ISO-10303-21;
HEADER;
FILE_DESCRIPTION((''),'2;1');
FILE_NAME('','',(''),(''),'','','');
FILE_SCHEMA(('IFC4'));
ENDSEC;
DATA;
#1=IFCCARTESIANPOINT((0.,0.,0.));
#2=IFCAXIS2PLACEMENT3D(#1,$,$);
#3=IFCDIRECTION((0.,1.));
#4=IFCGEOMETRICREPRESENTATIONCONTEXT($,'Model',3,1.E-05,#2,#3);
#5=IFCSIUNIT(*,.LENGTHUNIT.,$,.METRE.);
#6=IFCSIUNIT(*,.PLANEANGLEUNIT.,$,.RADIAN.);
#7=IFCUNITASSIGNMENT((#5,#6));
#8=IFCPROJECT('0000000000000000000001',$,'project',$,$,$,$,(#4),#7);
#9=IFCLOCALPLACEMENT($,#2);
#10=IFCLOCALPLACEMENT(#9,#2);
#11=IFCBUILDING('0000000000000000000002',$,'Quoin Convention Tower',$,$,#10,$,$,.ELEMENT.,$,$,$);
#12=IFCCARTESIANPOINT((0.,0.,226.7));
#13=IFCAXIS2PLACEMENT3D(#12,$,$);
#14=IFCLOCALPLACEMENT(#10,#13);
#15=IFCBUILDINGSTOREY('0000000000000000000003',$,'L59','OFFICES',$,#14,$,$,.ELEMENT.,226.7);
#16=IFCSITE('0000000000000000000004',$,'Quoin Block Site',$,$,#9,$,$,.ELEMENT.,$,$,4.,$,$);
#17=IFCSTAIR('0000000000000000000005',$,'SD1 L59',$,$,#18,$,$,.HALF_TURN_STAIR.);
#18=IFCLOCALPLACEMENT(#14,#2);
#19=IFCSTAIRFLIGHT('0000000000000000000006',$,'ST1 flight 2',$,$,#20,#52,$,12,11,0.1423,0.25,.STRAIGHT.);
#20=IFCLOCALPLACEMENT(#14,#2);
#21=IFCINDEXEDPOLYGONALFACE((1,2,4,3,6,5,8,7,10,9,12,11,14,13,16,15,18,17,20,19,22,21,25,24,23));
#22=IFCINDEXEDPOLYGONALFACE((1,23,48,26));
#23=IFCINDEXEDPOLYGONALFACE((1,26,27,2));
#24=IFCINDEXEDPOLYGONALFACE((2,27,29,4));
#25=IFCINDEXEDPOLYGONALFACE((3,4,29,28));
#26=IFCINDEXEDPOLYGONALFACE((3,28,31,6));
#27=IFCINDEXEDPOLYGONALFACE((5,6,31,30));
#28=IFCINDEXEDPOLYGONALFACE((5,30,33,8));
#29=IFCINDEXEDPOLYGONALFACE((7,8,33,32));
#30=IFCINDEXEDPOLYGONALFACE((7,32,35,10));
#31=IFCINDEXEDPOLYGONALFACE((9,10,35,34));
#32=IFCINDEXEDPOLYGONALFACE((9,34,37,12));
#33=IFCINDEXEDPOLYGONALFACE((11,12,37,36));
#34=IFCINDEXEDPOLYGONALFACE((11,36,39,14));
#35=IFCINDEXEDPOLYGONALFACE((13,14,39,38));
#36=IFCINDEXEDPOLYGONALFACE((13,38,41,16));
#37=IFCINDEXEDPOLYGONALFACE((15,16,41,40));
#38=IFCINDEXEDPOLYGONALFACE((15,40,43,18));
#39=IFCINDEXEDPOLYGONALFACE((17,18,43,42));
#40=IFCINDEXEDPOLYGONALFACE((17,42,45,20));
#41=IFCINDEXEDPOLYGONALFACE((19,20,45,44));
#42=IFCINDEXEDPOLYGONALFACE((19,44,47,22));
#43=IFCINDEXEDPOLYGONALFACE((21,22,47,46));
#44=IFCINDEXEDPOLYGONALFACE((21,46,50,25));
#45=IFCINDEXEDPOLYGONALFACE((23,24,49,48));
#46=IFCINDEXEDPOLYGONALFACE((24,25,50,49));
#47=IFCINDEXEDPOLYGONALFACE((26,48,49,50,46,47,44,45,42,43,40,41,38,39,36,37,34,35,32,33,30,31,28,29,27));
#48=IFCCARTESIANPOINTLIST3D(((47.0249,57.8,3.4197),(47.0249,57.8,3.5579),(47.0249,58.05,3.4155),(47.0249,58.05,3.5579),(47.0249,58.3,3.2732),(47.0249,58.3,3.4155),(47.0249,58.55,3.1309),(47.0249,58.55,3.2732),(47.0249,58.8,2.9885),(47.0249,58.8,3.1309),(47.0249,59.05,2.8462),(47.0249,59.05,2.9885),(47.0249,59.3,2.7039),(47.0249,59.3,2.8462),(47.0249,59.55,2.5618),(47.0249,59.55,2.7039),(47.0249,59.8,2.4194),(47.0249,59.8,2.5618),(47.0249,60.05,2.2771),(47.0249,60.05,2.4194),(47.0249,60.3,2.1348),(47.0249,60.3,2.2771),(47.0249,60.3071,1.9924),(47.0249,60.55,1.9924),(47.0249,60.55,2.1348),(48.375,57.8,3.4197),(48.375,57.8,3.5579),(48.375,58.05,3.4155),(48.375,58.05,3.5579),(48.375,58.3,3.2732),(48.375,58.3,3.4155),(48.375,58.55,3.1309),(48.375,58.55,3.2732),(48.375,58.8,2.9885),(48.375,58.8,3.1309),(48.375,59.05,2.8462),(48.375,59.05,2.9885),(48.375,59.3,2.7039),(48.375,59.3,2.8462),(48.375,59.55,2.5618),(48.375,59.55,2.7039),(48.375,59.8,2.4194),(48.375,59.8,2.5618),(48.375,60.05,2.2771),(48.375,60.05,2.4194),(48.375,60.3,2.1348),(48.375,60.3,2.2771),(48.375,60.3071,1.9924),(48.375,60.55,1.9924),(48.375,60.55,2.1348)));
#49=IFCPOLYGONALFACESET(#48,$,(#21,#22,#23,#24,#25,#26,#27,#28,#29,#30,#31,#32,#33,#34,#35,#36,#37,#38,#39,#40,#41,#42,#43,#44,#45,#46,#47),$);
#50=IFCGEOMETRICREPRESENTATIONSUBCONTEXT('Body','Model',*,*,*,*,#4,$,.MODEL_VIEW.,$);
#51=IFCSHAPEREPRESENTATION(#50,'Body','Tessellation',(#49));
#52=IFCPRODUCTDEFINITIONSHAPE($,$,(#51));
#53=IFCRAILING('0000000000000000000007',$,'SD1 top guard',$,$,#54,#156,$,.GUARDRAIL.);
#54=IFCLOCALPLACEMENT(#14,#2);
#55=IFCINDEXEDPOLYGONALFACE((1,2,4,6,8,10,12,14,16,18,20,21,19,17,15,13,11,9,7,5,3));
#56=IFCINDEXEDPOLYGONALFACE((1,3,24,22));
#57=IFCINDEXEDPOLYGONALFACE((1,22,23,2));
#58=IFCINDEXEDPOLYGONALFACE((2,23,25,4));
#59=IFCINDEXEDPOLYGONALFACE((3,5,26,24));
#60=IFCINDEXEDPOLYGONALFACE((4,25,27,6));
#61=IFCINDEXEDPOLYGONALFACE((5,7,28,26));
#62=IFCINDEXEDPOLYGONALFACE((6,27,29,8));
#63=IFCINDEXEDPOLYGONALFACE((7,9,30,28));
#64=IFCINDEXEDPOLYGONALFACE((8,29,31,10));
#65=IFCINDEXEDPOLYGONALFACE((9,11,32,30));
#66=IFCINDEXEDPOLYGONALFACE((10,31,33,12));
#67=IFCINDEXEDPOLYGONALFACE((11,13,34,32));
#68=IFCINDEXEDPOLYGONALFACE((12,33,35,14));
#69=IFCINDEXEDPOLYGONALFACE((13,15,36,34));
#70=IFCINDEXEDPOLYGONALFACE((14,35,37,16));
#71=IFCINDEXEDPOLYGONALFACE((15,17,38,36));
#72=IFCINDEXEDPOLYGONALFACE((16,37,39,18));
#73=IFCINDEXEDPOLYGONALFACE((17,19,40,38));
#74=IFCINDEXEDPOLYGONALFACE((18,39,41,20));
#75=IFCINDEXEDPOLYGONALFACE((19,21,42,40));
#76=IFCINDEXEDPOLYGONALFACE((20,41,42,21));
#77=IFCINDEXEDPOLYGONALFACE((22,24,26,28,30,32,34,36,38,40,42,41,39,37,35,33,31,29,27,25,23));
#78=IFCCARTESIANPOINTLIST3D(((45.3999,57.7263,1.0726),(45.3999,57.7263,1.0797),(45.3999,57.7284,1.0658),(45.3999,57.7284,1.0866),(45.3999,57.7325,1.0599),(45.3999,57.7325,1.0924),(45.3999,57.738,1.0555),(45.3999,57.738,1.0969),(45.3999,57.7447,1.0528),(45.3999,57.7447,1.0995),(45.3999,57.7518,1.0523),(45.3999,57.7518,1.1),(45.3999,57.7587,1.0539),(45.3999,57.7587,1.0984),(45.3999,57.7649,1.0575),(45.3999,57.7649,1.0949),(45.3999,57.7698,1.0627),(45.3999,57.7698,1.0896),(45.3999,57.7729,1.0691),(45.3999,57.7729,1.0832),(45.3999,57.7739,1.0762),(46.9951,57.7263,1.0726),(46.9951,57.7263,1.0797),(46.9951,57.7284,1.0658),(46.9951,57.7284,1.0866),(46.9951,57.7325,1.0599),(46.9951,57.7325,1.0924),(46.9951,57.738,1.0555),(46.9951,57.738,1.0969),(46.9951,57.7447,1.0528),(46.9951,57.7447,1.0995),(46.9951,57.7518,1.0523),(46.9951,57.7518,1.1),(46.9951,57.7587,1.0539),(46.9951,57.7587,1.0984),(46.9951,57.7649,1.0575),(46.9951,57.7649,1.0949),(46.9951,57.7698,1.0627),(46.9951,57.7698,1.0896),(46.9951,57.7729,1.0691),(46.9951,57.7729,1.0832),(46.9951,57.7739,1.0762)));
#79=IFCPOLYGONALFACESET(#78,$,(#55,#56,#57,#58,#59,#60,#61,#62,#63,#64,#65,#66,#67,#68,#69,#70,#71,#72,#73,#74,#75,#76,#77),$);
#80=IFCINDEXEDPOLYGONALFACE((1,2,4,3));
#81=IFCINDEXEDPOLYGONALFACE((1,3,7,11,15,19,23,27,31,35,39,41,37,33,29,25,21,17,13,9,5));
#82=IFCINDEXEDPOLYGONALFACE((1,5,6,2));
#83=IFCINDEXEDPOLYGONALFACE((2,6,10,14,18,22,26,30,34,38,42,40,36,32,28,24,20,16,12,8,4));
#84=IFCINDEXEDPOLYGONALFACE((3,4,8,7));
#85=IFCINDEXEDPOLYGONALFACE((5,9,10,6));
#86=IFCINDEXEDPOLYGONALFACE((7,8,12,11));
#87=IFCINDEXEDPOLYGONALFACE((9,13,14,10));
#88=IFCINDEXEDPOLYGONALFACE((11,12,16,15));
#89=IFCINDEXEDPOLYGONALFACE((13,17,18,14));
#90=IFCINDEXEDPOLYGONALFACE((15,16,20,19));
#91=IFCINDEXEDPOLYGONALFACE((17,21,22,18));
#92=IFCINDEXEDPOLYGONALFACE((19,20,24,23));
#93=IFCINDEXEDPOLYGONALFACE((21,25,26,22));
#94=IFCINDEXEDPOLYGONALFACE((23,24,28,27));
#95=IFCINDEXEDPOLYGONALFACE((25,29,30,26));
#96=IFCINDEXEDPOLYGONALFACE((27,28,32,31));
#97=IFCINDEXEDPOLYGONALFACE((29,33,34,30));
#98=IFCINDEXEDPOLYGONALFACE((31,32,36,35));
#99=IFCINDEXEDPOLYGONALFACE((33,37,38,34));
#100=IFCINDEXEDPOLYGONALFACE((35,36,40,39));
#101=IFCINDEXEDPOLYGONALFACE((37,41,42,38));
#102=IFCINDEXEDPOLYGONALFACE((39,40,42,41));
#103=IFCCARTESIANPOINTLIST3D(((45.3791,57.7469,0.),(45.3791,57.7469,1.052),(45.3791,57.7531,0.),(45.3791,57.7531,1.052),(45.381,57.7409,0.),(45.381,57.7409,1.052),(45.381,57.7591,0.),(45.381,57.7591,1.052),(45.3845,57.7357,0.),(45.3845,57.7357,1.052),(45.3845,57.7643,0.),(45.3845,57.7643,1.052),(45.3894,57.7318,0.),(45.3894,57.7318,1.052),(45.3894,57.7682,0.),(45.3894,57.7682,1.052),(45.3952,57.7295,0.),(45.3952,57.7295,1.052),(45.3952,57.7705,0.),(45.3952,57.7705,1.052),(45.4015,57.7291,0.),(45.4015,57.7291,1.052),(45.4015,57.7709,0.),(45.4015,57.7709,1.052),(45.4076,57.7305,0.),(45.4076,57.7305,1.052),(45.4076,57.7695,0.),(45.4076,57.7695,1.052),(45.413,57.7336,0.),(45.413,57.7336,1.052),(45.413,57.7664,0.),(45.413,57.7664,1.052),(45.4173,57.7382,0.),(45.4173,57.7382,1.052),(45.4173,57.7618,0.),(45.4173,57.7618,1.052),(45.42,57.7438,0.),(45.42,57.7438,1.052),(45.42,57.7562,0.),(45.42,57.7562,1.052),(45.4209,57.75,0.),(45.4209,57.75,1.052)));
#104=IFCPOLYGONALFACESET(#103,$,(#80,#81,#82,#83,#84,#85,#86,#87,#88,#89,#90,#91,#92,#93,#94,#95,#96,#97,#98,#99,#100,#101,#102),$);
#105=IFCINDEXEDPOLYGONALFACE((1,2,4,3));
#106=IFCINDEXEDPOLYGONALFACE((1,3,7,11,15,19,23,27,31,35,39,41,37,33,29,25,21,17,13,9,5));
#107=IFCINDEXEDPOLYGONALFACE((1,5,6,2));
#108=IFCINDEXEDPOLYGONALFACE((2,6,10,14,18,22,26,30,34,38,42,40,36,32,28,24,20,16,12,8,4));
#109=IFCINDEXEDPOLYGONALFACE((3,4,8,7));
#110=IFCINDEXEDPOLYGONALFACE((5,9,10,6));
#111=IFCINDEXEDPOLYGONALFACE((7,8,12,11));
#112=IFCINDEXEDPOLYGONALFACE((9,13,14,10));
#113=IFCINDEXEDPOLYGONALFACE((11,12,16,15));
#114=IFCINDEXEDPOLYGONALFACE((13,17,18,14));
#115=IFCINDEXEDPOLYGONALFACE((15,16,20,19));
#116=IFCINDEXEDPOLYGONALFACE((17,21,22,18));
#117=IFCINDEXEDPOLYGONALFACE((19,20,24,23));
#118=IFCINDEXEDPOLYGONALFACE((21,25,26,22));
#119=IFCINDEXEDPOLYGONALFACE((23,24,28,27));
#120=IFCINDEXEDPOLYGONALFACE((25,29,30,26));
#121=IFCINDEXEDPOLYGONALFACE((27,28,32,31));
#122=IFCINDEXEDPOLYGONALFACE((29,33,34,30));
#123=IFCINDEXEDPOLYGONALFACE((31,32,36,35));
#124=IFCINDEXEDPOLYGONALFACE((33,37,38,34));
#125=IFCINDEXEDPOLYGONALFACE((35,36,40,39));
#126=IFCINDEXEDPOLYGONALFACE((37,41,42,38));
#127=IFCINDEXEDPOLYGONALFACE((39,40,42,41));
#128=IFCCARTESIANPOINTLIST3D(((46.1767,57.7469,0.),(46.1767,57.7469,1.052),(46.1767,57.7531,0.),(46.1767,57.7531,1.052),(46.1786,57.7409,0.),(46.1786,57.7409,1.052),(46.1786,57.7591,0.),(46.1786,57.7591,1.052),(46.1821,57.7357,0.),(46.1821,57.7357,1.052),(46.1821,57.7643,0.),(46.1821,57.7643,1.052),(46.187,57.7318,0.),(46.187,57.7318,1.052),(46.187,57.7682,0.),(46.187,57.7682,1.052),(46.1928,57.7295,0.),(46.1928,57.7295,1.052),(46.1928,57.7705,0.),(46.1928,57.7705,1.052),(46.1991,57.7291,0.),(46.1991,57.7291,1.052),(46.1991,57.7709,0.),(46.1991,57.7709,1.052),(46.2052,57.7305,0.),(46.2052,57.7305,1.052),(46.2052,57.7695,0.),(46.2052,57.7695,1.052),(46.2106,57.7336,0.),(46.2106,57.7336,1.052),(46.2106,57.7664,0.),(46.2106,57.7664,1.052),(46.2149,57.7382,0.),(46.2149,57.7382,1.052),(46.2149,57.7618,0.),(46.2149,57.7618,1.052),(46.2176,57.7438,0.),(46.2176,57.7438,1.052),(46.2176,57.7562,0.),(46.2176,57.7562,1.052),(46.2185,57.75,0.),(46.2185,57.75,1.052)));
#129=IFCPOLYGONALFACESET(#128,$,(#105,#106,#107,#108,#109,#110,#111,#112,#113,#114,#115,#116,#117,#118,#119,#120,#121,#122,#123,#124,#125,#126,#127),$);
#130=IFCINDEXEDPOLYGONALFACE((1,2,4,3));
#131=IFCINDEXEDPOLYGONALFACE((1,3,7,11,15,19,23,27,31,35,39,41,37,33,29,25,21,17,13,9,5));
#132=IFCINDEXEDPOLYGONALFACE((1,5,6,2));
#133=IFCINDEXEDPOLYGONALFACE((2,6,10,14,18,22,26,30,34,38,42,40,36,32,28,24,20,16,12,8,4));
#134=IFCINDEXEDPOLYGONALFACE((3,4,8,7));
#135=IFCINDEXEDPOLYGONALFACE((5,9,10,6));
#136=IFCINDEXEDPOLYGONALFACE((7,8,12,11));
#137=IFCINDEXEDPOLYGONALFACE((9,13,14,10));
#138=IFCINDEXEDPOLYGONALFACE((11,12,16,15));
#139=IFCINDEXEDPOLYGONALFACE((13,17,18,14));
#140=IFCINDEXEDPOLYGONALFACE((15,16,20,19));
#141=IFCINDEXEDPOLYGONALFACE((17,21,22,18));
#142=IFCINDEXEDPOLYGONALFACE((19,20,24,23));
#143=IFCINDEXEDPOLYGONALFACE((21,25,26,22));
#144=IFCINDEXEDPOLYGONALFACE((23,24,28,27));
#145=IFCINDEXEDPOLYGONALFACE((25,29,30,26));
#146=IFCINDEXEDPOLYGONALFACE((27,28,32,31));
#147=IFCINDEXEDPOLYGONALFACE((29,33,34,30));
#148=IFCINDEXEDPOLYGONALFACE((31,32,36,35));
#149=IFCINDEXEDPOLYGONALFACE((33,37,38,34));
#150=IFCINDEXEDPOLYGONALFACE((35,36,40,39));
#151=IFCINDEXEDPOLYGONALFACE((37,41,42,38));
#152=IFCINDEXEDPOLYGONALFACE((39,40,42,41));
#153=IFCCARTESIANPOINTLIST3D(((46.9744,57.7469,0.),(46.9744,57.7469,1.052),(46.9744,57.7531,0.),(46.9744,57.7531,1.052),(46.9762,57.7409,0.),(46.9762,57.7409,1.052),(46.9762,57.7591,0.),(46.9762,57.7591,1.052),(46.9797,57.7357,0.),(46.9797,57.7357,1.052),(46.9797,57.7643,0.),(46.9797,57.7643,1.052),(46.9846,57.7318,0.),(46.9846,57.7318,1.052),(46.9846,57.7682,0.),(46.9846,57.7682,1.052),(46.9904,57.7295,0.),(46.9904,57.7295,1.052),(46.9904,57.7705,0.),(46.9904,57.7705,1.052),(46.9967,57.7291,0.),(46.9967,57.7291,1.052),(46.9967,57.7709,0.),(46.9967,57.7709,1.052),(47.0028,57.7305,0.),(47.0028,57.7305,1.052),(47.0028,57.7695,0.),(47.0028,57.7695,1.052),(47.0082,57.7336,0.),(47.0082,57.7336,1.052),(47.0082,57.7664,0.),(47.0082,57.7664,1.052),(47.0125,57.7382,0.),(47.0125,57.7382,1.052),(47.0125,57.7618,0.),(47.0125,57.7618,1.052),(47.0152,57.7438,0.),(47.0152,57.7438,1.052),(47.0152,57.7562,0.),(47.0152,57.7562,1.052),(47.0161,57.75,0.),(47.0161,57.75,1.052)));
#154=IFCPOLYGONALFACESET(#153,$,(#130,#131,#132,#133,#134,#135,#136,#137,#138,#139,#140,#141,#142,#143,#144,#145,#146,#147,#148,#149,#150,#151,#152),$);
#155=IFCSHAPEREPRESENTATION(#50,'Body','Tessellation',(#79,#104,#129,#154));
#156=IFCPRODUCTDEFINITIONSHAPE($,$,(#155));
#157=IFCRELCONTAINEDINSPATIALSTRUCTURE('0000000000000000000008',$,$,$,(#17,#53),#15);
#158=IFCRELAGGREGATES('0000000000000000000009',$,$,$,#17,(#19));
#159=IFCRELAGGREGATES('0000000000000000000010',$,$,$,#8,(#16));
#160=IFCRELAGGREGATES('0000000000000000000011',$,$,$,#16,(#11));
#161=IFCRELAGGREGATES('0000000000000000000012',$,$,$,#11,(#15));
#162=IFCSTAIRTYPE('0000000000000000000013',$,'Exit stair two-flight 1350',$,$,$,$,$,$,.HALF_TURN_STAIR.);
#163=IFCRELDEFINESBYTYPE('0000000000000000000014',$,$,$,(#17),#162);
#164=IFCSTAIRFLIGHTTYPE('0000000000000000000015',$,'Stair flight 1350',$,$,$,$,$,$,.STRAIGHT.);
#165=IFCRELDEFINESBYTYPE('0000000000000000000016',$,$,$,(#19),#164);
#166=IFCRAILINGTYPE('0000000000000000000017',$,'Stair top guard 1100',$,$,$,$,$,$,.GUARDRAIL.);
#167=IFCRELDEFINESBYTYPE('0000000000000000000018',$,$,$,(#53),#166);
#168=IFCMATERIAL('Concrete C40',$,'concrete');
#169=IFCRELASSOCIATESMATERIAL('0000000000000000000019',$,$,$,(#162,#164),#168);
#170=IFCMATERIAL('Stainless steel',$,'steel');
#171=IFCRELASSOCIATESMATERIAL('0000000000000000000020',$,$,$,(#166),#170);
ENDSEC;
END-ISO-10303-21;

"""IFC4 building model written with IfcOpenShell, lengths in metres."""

from ifc_helpers import new_model, si_unit, direction, frame, origin, origin_2d, place, context, subcontext, project, spatial, polyline, circle, outline, extrude, material, type_object, element, aggregate, save


model = new_model("IFC4")

# Units and contexts
model_context = context("Model", 3, precision=1e-05, world=origin(), true_north=direction((0.0, 1.0)))
body_context = subcontext(model_context, "Body", "Model", "MODEL_VIEW")
ifc_project = project(units=[si_unit("LENGTHUNIT", "METRE"), si_unit("PLANEANGLEUNIT", "RADIAN")], contexts=[model_context])

# Site, building, storey
site_placement = place(None, origin())
site = spatial("IfcSite", under=ifc_project, at=site_placement, Name="Quoin Block Site", CompositionType="ELEMENT", RefElevation=4.0)
building_placement = place(site_placement, origin())
building = spatial("IfcBuilding", under=site, at=building_placement, Name="Quoin Convention Tower", CompositionType="ELEMENT")
storey_placement = place(building_placement, frame((0.0, 0.0, 226.7)))
storey = spatial("IfcBuildingStorey", under=building, at=storey_placement, Name="L59", Description="OFFICES", CompositionType="ELEMENT", Elevation=226.7)

# Stair, stair flight
ifc_material_1 = material(Name="Concrete C40", Category="concrete")
stair_type = type_object("IfcStairType", Name="Exit stair two-flight 1350", PredefinedType="HALF_TURN_STAIR", material=ifc_material_1)
stair_placement = place(storey_placement, origin())
stair = element("IfcStair", 1, at=stair_placement, inside=storey, type_object=stair_type, Name="SD1 L59", PredefinedType="HALF_TURN_STAIR")
stair_flight_type = type_object("IfcStairFlightType", Name="Stair flight 1350", PredefinedType="STRAIGHT", material=ifc_material_1)
stair_flight_1_placement = place(storey_placement, frame((47.7, 60.55, 1.9924), z_axis=(0.0, 0.0, 1.0), x_axis=(0.0, -1.0, 0.0)))
stair_flight_1 = element("IfcStairFlight", 2, at=stair_flight_1_placement, type_object=stair_flight_type, Name="ST1 flight 2", NumberOfRisers=12, NumberOfTreads=11, PredefinedType="STRAIGHT", RiserHeight=0.1423, TreadLength=0.25, context=body_context, shape_type="SweptSolid", body=[
    extrude(outline(polyline([(0.0, 0.0), (0.0, 0.1423), (0.25, 0.1423), (0.25, 0.2847), (0.5, 0.2847), (0.5, 0.427), (0.75, 0.427), (0.75, 0.5693), (1.0, 0.5693), (1.0, 0.7114), (1.25, 0.7114), (1.25, 0.8538), (1.5, 0.8538), (1.5, 0.9961), (1.75, 0.9961), (1.75, 1.1384), (2.0, 1.1384), (2.0, 1.2808), (2.25, 1.2808), (2.25, 1.4231), (2.5, 1.4231), (2.5, 1.5654), (2.75, 1.5654), (2.75, 1.7078), (2.75, 1.4272), (0.2429, 0.0), (0.0, 0.0)])), frame((0.0, 0.675, 0.0), z_axis=(0.0, -1.0, 0.0), x_axis=(1.0, 0.0, 0.0)), (0.0, 0.0, 1.0), 1.3501),
])
aggregate(stair, [stair_flight_1])

# Railing
ifc_material_2 = material(Name="Stainless steel", Category="steel")
railing_type_1 = type_object("IfcRailingType", Name="Stair top guard 1100", PredefinedType="GUARDRAIL", material=ifc_material_2)
railing_1_placement = place(storey_placement, frame((45.3999, 57.75, 0.0)))
element("IfcRailing", 3, at=railing_1_placement, inside=storey, type_object=railing_type_1, Name="SD1 top guard", PredefinedType="GUARDRAIL", context=body_context, shape_type="SweptSolid", body=[
    extrude(circle(Radius=0.0239, at=origin_2d()), frame((0.0, 0.0, 1.0762), z_axis=(1.0, 0.0, 0.0), x_axis=(0.0, 1.0, 0.0)), (0.0, 0.0, 1.0), 1.5952),
    extrude(circle(Radius=0.021, at=origin_2d()), origin(), (0.0, 0.0, 1.0), 1.052),
    extrude(circle(Radius=0.021, at=origin_2d()), frame((0.7976, 0.0, 0.0)), (0.0, 0.0, 1.0), 1.052),
    extrude(circle(Radius=0.021, at=origin_2d()), frame((1.5952, 0.0, 0.0)), (0.0, 0.0, 1.0), 1.052),
])

save(model, "model.ifc")
